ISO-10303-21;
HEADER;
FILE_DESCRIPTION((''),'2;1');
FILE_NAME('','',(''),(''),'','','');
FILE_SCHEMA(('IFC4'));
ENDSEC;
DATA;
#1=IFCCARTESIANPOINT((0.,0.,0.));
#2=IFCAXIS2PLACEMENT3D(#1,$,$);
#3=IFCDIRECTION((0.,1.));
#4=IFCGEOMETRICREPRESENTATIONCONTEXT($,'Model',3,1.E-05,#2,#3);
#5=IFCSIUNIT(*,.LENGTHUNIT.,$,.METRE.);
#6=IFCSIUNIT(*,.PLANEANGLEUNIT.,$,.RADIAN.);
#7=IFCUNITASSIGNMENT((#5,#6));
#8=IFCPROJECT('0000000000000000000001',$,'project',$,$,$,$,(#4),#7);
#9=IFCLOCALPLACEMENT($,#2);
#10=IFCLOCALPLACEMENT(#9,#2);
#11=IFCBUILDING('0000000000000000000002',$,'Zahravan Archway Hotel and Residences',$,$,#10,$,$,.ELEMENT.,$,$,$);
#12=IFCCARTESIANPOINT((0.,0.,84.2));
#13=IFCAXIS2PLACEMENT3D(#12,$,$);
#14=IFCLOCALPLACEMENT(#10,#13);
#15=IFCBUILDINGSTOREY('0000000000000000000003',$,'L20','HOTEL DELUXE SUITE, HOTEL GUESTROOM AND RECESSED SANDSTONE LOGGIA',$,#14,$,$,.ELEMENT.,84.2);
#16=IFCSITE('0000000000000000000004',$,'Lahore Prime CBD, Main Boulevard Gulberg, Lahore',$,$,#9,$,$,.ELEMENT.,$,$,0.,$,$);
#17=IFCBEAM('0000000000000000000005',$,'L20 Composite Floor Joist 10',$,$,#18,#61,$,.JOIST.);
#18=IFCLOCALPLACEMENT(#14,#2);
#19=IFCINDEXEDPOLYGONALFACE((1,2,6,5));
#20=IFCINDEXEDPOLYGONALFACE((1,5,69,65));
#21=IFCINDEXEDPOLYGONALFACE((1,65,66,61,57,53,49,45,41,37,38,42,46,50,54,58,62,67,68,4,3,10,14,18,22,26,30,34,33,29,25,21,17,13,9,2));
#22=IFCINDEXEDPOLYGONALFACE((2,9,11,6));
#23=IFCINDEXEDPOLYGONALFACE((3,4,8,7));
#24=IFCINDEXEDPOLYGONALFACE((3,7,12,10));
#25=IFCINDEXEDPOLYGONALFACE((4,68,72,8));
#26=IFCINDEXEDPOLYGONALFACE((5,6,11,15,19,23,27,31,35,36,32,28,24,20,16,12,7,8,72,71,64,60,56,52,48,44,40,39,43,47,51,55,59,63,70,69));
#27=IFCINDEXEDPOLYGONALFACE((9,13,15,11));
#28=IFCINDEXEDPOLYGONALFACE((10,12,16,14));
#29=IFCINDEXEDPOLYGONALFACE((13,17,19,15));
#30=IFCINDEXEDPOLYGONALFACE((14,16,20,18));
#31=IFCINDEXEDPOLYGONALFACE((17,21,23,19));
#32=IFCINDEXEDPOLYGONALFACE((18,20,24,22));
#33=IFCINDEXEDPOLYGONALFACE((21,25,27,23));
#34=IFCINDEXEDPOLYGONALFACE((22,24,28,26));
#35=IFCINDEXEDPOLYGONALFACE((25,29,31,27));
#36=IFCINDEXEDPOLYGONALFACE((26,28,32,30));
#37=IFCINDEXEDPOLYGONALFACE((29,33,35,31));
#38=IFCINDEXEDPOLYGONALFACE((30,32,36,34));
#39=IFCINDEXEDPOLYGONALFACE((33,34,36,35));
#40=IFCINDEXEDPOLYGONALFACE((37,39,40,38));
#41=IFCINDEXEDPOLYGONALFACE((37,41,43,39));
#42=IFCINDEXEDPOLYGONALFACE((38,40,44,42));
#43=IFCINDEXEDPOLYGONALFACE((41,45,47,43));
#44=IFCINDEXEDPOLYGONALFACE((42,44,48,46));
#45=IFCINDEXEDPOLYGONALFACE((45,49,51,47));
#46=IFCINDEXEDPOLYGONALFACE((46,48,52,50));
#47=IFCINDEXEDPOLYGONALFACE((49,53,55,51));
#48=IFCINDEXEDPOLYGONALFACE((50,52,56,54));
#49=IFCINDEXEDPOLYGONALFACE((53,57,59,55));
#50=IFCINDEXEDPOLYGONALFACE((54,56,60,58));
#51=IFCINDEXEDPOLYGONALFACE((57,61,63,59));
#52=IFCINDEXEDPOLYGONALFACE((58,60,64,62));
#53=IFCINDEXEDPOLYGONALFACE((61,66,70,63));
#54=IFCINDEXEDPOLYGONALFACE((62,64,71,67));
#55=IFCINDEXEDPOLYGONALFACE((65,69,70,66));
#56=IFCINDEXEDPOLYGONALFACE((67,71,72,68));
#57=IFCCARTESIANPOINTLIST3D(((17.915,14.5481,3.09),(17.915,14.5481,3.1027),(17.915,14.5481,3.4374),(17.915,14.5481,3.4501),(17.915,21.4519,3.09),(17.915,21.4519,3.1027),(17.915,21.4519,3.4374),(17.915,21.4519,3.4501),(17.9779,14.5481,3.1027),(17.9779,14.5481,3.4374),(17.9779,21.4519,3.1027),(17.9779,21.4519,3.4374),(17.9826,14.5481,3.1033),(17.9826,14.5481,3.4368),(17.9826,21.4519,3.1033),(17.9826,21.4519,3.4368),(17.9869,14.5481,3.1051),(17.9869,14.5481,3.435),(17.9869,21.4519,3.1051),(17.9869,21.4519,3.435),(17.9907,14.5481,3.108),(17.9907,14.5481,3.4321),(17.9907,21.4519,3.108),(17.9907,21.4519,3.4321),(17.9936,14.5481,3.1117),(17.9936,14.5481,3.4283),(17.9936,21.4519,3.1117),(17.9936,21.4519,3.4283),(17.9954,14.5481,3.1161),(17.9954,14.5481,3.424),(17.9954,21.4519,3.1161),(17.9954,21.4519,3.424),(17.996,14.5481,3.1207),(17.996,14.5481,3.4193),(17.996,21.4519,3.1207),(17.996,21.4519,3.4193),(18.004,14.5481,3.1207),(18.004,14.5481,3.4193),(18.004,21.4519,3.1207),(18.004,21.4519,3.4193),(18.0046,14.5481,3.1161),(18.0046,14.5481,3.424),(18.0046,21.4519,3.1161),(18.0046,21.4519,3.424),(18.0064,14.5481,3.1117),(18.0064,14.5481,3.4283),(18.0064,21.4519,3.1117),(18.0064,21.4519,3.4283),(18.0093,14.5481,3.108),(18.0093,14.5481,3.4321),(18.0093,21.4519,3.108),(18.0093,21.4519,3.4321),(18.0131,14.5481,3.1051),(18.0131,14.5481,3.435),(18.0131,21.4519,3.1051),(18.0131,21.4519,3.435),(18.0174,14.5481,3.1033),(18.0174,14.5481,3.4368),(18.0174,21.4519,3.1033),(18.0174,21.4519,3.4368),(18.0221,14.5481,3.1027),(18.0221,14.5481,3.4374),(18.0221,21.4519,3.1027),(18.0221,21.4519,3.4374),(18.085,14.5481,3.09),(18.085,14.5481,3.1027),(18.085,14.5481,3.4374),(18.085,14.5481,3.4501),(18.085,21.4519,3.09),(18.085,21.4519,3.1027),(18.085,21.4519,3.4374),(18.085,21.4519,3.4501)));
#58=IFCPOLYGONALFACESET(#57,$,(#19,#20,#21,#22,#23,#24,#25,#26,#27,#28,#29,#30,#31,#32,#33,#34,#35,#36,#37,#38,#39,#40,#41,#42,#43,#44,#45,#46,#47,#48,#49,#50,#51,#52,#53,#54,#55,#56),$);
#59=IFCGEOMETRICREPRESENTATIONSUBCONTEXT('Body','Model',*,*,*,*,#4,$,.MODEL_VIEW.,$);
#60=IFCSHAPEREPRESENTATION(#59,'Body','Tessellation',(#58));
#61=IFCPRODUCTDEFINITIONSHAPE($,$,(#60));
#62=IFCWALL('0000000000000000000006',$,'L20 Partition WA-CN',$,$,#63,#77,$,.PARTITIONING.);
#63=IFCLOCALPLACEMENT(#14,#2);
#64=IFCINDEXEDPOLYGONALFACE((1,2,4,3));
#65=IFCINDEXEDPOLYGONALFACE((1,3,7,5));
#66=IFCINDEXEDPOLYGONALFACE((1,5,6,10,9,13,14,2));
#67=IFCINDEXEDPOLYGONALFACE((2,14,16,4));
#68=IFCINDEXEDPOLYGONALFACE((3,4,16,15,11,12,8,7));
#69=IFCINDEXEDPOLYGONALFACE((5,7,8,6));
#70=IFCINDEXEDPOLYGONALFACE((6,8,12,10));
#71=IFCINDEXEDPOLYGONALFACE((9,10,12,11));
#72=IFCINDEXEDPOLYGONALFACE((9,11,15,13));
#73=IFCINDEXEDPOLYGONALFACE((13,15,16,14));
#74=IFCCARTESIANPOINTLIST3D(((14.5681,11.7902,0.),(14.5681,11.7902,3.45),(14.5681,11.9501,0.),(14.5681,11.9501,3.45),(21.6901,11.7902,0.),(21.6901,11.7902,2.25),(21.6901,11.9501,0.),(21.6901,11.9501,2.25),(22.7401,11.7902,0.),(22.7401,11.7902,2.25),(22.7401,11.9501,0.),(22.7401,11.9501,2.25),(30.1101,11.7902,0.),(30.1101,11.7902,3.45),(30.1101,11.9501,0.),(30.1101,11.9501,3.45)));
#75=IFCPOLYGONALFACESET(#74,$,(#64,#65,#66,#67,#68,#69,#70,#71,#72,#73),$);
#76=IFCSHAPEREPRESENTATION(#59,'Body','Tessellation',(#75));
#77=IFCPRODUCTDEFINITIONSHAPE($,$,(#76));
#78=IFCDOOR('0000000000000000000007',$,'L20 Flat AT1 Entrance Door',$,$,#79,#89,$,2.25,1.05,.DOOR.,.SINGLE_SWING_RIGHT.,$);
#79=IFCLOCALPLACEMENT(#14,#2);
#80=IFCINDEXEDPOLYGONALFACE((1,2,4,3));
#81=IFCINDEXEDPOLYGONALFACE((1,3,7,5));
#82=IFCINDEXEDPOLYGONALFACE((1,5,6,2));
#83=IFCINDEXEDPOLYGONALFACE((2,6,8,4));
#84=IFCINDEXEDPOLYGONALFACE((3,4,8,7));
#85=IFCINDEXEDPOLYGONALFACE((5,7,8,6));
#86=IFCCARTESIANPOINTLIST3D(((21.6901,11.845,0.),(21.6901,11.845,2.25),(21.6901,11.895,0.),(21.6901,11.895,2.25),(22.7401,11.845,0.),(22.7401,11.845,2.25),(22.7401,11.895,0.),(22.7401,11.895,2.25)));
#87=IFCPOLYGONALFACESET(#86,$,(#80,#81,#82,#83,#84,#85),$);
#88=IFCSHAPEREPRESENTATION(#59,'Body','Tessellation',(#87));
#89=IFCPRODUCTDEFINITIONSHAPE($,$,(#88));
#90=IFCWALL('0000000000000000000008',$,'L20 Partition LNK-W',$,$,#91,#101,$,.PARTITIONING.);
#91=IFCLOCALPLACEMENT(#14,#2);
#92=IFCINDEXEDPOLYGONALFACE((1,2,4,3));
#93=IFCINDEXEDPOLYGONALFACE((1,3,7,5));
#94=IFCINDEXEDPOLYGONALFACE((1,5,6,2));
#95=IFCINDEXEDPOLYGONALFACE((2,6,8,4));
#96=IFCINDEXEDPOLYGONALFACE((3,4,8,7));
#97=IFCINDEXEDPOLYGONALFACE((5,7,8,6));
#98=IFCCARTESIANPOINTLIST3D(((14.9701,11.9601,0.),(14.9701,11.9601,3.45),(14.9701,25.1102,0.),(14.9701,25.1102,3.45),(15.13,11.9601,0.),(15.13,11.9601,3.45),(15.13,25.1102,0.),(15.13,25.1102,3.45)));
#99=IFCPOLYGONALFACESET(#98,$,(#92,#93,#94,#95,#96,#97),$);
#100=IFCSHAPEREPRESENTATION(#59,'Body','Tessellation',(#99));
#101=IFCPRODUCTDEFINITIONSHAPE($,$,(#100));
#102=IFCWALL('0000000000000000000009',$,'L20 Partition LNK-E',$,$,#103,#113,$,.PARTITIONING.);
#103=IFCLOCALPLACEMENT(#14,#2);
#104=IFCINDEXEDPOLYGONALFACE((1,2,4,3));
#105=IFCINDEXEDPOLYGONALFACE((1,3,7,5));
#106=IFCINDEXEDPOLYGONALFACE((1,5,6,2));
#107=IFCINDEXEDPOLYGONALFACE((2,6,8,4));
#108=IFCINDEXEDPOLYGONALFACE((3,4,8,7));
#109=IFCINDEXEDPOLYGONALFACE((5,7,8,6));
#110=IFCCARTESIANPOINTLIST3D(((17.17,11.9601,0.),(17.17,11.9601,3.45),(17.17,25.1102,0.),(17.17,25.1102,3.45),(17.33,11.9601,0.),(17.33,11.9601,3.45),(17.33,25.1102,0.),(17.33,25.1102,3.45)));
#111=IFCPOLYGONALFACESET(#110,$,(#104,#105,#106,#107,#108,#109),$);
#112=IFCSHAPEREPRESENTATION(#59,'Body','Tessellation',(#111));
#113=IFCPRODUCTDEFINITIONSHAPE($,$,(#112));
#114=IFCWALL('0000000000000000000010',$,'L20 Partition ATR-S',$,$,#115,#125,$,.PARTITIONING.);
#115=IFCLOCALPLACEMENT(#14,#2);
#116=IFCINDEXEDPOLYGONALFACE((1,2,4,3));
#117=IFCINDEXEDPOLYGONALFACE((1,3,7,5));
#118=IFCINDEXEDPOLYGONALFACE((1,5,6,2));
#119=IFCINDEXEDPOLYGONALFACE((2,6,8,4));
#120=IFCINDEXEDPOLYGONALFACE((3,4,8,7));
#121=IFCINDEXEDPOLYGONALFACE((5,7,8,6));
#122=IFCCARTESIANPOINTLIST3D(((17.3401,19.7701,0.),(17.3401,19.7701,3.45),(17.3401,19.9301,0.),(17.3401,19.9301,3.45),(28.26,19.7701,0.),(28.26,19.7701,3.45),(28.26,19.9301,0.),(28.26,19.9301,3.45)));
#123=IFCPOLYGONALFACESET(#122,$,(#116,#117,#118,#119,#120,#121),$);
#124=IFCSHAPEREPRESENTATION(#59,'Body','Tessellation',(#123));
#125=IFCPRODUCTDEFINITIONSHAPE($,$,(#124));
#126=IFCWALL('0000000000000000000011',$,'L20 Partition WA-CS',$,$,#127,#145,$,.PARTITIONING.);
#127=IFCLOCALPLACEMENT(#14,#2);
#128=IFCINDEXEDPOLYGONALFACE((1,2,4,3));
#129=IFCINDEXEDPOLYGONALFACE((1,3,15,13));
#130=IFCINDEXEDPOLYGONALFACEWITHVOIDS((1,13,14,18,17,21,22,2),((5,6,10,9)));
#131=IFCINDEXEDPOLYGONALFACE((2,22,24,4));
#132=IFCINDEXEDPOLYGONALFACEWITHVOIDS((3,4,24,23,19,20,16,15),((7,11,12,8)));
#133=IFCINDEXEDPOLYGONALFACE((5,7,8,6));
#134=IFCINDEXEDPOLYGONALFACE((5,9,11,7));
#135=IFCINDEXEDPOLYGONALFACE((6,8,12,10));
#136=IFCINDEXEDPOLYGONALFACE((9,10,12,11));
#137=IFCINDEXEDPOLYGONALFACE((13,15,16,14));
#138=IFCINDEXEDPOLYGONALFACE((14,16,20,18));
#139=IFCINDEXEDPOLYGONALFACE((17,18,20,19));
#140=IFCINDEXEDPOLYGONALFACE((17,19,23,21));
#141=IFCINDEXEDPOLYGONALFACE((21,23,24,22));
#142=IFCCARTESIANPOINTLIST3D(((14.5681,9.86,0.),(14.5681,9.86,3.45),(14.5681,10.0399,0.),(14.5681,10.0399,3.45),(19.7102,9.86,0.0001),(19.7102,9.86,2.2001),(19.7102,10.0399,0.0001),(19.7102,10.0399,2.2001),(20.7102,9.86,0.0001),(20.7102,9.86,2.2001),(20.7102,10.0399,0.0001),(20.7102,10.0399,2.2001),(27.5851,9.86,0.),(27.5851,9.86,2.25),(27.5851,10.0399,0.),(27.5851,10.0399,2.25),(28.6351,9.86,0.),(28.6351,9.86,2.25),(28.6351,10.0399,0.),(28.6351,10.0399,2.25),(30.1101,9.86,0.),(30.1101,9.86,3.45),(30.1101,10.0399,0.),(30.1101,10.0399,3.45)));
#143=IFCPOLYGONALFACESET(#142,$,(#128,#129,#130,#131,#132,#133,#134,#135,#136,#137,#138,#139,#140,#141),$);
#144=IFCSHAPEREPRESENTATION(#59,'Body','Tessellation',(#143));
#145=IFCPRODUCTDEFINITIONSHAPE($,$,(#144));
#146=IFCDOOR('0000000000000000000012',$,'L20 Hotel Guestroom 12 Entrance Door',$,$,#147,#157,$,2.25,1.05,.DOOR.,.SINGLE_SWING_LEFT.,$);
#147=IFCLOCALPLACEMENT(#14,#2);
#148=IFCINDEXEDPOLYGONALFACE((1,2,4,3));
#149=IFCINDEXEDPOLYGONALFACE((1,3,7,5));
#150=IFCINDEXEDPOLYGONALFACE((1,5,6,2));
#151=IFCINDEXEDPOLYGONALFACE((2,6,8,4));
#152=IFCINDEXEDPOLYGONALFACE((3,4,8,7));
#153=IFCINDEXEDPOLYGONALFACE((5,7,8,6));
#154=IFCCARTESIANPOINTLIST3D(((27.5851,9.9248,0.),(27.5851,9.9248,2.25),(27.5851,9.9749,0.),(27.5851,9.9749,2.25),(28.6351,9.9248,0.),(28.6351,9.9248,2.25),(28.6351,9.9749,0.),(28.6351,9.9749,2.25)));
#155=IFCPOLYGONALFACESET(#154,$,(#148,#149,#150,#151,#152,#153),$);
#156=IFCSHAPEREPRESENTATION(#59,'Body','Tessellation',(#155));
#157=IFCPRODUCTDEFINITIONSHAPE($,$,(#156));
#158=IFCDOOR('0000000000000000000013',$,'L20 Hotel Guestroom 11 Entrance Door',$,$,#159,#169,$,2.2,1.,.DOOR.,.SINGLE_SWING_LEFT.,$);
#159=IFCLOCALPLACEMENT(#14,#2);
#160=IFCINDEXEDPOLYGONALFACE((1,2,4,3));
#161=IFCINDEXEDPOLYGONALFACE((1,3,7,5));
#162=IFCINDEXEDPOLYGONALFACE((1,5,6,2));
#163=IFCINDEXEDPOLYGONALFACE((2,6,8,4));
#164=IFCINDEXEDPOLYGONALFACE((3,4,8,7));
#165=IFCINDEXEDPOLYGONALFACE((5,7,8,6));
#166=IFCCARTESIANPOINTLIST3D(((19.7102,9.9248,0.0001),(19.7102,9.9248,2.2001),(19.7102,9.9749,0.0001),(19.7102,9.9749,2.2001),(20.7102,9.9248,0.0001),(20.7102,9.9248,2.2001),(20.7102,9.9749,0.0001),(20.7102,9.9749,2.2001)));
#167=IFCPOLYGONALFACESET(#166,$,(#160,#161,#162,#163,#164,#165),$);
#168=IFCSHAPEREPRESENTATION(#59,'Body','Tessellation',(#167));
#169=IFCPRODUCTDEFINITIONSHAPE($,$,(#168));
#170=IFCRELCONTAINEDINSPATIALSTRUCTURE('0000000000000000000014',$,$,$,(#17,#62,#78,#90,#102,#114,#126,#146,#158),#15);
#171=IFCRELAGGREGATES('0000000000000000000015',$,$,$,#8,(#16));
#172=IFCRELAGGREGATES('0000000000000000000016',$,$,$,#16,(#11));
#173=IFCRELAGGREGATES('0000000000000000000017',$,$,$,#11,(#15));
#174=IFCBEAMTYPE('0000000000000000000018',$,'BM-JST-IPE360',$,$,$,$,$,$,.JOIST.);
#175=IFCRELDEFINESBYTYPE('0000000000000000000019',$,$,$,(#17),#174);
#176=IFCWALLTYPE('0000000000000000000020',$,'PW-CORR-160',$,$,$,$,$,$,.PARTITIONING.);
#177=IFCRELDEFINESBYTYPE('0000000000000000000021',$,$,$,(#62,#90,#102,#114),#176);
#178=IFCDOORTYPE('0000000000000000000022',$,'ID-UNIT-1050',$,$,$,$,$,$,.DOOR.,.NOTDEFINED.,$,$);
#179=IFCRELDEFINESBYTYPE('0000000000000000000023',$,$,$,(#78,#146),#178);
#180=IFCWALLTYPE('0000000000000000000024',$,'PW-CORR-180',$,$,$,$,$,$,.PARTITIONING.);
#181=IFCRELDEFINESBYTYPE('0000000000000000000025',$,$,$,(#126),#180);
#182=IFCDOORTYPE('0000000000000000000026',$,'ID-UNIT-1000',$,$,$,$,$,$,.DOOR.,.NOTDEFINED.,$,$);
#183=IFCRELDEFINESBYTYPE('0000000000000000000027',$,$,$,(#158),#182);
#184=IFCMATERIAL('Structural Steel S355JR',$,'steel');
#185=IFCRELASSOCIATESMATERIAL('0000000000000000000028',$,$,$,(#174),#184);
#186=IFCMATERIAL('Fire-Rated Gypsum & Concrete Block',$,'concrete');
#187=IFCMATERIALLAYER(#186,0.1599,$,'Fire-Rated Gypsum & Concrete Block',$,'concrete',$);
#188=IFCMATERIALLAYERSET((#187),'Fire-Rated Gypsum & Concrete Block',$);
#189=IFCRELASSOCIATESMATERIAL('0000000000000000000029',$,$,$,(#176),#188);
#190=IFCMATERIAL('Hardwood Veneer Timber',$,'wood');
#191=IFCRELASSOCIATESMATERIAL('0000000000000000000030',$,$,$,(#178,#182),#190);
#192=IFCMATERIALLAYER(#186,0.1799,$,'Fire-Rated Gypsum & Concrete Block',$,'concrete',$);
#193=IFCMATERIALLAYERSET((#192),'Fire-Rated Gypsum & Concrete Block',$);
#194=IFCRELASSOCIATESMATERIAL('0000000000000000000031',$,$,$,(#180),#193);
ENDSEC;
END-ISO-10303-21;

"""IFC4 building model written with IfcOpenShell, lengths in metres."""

from ifc_helpers import new_model, si_unit, direction, frame, frame_2d, origin, origin_2d, place, context, subcontext, project, spatial, rectangle, i_section, extrude, source, transform, mapped, material, layer, layer_set, material_profile, profile_set, type_object, type_shapes, element, fill, save


model = new_model("IFC4")

# Units and contexts
model_context = context("Model", 3, precision=1e-05, world=origin(), true_north=direction((0.0, 1.0)))
body_context = subcontext(model_context, "Body", "Model", "MODEL_VIEW")
ifc_project = project(units=[si_unit("LENGTHUNIT", "METRE"), si_unit("PLANEANGLEUNIT", "RADIAN")], contexts=[model_context])

# Site, building, storey
site_placement = place(None, origin())
site = spatial("IfcSite", under=ifc_project, at=site_placement, Name="Lahore Prime CBD, Main Boulevard Gulberg, Lahore", CompositionType="ELEMENT", RefElevation=0.0)
building_placement = place(site_placement, origin())
building = spatial("IfcBuilding", under=site, at=building_placement, Name="Zahravan Archway Hotel and Residences", CompositionType="ELEMENT")
storey_placement = place(building_placement, frame((0.0, 0.0, 84.2)))
storey = spatial("IfcBuildingStorey", under=building, at=storey_placement, Name="L20", Description="HOTEL DELUXE SUITE, HOTEL GUESTROOM AND RECESSED SANDSTONE LOGGIA", CompositionType="ELEMENT", Elevation=84.2)

# Beam
ifc_material_1 = material(Name="Structural Steel S355JR", Category="steel")
ifc_material_profile_1 = material_profile(ifc_material_1, i_section(OverallWidth=0.1699, OverallDepth=0.3601, WebThickness=0.0081, FlangeThickness=0.0127, FilletRadius=0.0181, at=origin_2d()), Name="IPE 360", Category="steel")
ifc_profile_set_1 = profile_set([ifc_material_profile_1], Name="Structural Steel S355JR")
beam_type_1 = type_object("IfcBeamType", Name="BM-JST-IPE360", PredefinedType="JOIST", material=ifc_profile_set_1)
shared_shape_1 = source(origin(), body_context, "Body", "SweptSolid", [
    extrude(i_section(OverallWidth=0.1699, OverallDepth=0.3601, WebThickness=0.0081, FlangeThickness=0.0127, FilletRadius=0.0181, at=origin_2d()), origin(), (0.0, 0.0, 1.0), 6.9038),
])
beam_1_placement = place(storey_placement, frame((18.0, 14.5481, 3.27), z_axis=(0.0, 1.0, 0.0), x_axis=(-1.0, 0.0, 0.0)))
element("IfcBeam", 1, at=beam_1_placement, inside=storey, type_object=beam_type_1, Name="L20 Composite Floor Joist 10", PredefinedType="JOIST", context=body_context, shape_type="MappedRepresentation", body=[
    mapped(shared_shape_1, transform((0.0, 0.0, 0.0), scale=1.0)),
])

# Wall, opening, door
ifc_material_2 = material(Name="Fire-Rated Gypsum & Concrete Block", Category="concrete")
ifc_layer_1 = layer(ifc_material_2, 0.1599, Name="Fire-Rated Gypsum & Concrete Block", Category="concrete")
ifc_layer_set_1 = layer_set([ifc_layer_1], Name="Fire-Rated Gypsum & Concrete Block")
wall_type_1 = type_object("IfcWallType", Name="PW-CORR-160", PredefinedType="PARTITIONING", material=ifc_layer_set_1)
wall_1_placement = place(storey_placement, frame((14.5681, 11.8701, 0.0), z_axis=(0.0, 0.0, 1.0), x_axis=(1.0, 0.0, 0.0)))
wall_1 = element("IfcWall", 2, at=wall_1_placement, inside=storey, type_object=wall_type_1, Name="L20 Partition WA-CN", PredefinedType="PARTITIONING", context=body_context, shape_type="SweptSolid", body=[
    extrude(rectangle(XDim=15.542, YDim=0.1599, at=frame_2d((7.771, 0.0))), origin(), (0.0, 0.0, 1.0), 3.45),
])
opening_1_placement = place(wall_1_placement, frame((7.1221, 0.0, 0.0)))
opening_1 = element("IfcOpeningElement", 3, at=opening_1_placement, cuts=wall_1, PredefinedType="OPENING", context=body_context, shape_type="SweptSolid", body=[
    extrude(rectangle(XDim=1.05, YDim=2.25, at=frame_2d((0.5249, 1.125))), frame((0.0, 0.0898, 0.0), z_axis=(0.0, -1.0, 0.0), x_axis=(1.0, 0.0, 0.0)), (0.0, 0.0, 1.0), 0.1799),
])
ifc_material_3 = material(Name="Hardwood Veneer Timber", Category="wood")
door_type_1 = type_object("IfcDoorType", Name="ID-UNIT-1050", OperationType="NOTDEFINED", PredefinedType="DOOR", material=ifc_material_3)
shared_shape_2 = source(origin(), body_context, "Body", "SweptSolid", [
    extrude(rectangle(XDim=1.05, YDim=2.25, at=frame_2d((0.5249, 1.125))), frame((0.0, 0.0249, 0.0), z_axis=(0.0, -1.0, 0.0), x_axis=(1.0, 0.0, 0.0)), (0.0, 0.0, 1.0), 0.05),
])
type_shapes(door_type_1, [shared_shape_2])
door_1_placement = place(opening_1_placement, origin())
door_1 = element("IfcDoor", 4, at=door_1_placement, inside=storey, type_object=door_type_1, Name="L20 Flat AT1 Entrance Door", OperationType="SINGLE_SWING_RIGHT", OverallHeight=2.25, OverallWidth=1.05, PredefinedType="DOOR", context=body_context, shape_type="MappedRepresentation", body=[
    mapped(shared_shape_2, transform((0.0, 0.0, 0.0), scale=1.0)),
])
fill(opening_1, door_1)

# Walls
for number, where, z_axis, x_axis, name in (
    (5, (15.05, 11.96, 0.0), (0.0, 0.0, 1.0), (0.0, 1.0, 0.0), "L20 Partition LNK-W"),
    (6, (17.25, 11.96, 0.0), (0.0, 0.0, 1.0), (0.0, 1.0, 0.0), "L20 Partition LNK-E"),
):
    element("IfcWall", number, at=place(storey_placement, frame(where, z_axis=z_axis, x_axis=x_axis)), inside=storey, type_object=wall_type_1, Name=name, PredefinedType="PARTITIONING", context=body_context, shape_type="SweptSolid", body=[
        extrude(rectangle(XDim=13.1501, YDim=0.1599, at=frame_2d((6.5752, 0.0))), origin(), (0.0, 0.0, 1.0), 3.45),
    ])
wall_2_placement = place(storey_placement, frame((17.3401, 19.8501, 0.0), z_axis=(0.0, 0.0, 1.0), x_axis=(1.0, 0.0, 0.0)))
element("IfcWall", 7, at=wall_2_placement, inside=storey, type_object=wall_type_1, Name="L20 Partition ATR-S", PredefinedType="PARTITIONING", context=body_context, shape_type="SweptSolid", body=[
    extrude(rectangle(XDim=10.9199, YDim=0.1599, at=frame_2d((5.46, 0.0))), origin(), (0.0, 0.0, 1.0), 3.45),
])

# Wall, openings, doors
ifc_layer_2 = layer(ifc_material_2, 0.1799, Name="Fire-Rated Gypsum & Concrete Block", Category="concrete")
ifc_layer_set_2 = layer_set([ifc_layer_2], Name="Fire-Rated Gypsum & Concrete Block")
wall_type_2 = type_object("IfcWallType", Name="PW-CORR-180", PredefinedType="PARTITIONING", material=ifc_layer_set_2)
wall_3_placement = place(storey_placement, frame((14.5681, 9.95, 0.0), z_axis=(0.0, 0.0, 1.0), x_axis=(1.0, 0.0, 0.0)))
wall_3 = element("IfcWall", 8, at=wall_3_placement, inside=storey, type_object=wall_type_2, Name="L20 Partition WA-CS", PredefinedType="PARTITIONING", context=body_context, shape_type="SweptSolid", body=[
    extrude(rectangle(XDim=15.542, YDim=0.1799, at=frame_2d((7.771, 0.0))), origin(), (0.0, 0.0, 1.0), 3.45),
])
opening_2_placement = place(wall_3_placement, frame((5.1421, 0.0, 0.0)))
opening_2 = element("IfcOpeningElement", 9, at=opening_2_placement, cuts=wall_3, PredefinedType="OPENING", context=body_context, shape_type="SweptSolid", body=[
    extrude(rectangle(XDim=1.0, YDim=2.2, at=frame_2d((0.5, 1.1001))), frame((0.0, 0.1001, 0.0), z_axis=(0.0, -1.0, 0.0), x_axis=(1.0, 0.0, 0.0)), (0.0, 0.0, 1.0), 0.2),
])
opening_3_placement = place(wall_3_placement, frame((13.0171, 0.0, 0.0)))
opening_3 = element("IfcOpeningElement", 10, at=opening_3_placement, cuts=wall_3, PredefinedType="OPENING", context=body_context, shape_type="SweptSolid", body=[
    extrude(rectangle(XDim=1.05, YDim=2.25, at=frame_2d((0.5249, 1.125))), frame((0.0, 0.1001, 0.0), z_axis=(0.0, -1.0, 0.0), x_axis=(1.0, 0.0, 0.0)), (0.0, 0.0, 1.0), 0.2),
])
door_2_placement = place(opening_3_placement, origin())
door_2 = element("IfcDoor", 11, at=door_2_placement, inside=storey, type_object=door_type_1, Name="L20 Hotel Guestroom 12 Entrance Door", OperationType="SINGLE_SWING_LEFT", OverallHeight=2.25, OverallWidth=1.05, PredefinedType="DOOR", context=body_context, shape_type="MappedRepresentation", body=[
    mapped(shared_shape_2, transform((0.0, 0.0, 0.0), scale=1.0)),
])
fill(opening_3, door_2)
door_type_2 = type_object("IfcDoorType", Name="ID-UNIT-1000", OperationType="NOTDEFINED", PredefinedType="DOOR", material=ifc_material_3)
shared_shape_3 = source(origin(), body_context, "Body", "SweptSolid", [
    extrude(rectangle(XDim=1.0, YDim=2.2, at=frame_2d((0.5, 1.1001))), frame((0.0, 0.0249, 0.0), z_axis=(0.0, -1.0, 0.0), x_axis=(1.0, 0.0, 0.0)), (0.0, 0.0, 1.0), 0.05),
])
type_shapes(door_type_2, [shared_shape_3])
door_3_placement = place(opening_2_placement, origin())
door_3 = element("IfcDoor", 12, at=door_3_placement, inside=storey, type_object=door_type_2, Name="L20 Hotel Guestroom 11 Entrance Door", OperationType="SINGLE_SWING_LEFT", OverallHeight=2.2, OverallWidth=1.0, PredefinedType="DOOR", context=body_context, shape_type="MappedRepresentation", body=[
    mapped(shared_shape_3, transform((0.0, 0.0, 0.0), scale=1.0)),
])
fill(opening_2, door_3)

save(model, "model.ifc")
